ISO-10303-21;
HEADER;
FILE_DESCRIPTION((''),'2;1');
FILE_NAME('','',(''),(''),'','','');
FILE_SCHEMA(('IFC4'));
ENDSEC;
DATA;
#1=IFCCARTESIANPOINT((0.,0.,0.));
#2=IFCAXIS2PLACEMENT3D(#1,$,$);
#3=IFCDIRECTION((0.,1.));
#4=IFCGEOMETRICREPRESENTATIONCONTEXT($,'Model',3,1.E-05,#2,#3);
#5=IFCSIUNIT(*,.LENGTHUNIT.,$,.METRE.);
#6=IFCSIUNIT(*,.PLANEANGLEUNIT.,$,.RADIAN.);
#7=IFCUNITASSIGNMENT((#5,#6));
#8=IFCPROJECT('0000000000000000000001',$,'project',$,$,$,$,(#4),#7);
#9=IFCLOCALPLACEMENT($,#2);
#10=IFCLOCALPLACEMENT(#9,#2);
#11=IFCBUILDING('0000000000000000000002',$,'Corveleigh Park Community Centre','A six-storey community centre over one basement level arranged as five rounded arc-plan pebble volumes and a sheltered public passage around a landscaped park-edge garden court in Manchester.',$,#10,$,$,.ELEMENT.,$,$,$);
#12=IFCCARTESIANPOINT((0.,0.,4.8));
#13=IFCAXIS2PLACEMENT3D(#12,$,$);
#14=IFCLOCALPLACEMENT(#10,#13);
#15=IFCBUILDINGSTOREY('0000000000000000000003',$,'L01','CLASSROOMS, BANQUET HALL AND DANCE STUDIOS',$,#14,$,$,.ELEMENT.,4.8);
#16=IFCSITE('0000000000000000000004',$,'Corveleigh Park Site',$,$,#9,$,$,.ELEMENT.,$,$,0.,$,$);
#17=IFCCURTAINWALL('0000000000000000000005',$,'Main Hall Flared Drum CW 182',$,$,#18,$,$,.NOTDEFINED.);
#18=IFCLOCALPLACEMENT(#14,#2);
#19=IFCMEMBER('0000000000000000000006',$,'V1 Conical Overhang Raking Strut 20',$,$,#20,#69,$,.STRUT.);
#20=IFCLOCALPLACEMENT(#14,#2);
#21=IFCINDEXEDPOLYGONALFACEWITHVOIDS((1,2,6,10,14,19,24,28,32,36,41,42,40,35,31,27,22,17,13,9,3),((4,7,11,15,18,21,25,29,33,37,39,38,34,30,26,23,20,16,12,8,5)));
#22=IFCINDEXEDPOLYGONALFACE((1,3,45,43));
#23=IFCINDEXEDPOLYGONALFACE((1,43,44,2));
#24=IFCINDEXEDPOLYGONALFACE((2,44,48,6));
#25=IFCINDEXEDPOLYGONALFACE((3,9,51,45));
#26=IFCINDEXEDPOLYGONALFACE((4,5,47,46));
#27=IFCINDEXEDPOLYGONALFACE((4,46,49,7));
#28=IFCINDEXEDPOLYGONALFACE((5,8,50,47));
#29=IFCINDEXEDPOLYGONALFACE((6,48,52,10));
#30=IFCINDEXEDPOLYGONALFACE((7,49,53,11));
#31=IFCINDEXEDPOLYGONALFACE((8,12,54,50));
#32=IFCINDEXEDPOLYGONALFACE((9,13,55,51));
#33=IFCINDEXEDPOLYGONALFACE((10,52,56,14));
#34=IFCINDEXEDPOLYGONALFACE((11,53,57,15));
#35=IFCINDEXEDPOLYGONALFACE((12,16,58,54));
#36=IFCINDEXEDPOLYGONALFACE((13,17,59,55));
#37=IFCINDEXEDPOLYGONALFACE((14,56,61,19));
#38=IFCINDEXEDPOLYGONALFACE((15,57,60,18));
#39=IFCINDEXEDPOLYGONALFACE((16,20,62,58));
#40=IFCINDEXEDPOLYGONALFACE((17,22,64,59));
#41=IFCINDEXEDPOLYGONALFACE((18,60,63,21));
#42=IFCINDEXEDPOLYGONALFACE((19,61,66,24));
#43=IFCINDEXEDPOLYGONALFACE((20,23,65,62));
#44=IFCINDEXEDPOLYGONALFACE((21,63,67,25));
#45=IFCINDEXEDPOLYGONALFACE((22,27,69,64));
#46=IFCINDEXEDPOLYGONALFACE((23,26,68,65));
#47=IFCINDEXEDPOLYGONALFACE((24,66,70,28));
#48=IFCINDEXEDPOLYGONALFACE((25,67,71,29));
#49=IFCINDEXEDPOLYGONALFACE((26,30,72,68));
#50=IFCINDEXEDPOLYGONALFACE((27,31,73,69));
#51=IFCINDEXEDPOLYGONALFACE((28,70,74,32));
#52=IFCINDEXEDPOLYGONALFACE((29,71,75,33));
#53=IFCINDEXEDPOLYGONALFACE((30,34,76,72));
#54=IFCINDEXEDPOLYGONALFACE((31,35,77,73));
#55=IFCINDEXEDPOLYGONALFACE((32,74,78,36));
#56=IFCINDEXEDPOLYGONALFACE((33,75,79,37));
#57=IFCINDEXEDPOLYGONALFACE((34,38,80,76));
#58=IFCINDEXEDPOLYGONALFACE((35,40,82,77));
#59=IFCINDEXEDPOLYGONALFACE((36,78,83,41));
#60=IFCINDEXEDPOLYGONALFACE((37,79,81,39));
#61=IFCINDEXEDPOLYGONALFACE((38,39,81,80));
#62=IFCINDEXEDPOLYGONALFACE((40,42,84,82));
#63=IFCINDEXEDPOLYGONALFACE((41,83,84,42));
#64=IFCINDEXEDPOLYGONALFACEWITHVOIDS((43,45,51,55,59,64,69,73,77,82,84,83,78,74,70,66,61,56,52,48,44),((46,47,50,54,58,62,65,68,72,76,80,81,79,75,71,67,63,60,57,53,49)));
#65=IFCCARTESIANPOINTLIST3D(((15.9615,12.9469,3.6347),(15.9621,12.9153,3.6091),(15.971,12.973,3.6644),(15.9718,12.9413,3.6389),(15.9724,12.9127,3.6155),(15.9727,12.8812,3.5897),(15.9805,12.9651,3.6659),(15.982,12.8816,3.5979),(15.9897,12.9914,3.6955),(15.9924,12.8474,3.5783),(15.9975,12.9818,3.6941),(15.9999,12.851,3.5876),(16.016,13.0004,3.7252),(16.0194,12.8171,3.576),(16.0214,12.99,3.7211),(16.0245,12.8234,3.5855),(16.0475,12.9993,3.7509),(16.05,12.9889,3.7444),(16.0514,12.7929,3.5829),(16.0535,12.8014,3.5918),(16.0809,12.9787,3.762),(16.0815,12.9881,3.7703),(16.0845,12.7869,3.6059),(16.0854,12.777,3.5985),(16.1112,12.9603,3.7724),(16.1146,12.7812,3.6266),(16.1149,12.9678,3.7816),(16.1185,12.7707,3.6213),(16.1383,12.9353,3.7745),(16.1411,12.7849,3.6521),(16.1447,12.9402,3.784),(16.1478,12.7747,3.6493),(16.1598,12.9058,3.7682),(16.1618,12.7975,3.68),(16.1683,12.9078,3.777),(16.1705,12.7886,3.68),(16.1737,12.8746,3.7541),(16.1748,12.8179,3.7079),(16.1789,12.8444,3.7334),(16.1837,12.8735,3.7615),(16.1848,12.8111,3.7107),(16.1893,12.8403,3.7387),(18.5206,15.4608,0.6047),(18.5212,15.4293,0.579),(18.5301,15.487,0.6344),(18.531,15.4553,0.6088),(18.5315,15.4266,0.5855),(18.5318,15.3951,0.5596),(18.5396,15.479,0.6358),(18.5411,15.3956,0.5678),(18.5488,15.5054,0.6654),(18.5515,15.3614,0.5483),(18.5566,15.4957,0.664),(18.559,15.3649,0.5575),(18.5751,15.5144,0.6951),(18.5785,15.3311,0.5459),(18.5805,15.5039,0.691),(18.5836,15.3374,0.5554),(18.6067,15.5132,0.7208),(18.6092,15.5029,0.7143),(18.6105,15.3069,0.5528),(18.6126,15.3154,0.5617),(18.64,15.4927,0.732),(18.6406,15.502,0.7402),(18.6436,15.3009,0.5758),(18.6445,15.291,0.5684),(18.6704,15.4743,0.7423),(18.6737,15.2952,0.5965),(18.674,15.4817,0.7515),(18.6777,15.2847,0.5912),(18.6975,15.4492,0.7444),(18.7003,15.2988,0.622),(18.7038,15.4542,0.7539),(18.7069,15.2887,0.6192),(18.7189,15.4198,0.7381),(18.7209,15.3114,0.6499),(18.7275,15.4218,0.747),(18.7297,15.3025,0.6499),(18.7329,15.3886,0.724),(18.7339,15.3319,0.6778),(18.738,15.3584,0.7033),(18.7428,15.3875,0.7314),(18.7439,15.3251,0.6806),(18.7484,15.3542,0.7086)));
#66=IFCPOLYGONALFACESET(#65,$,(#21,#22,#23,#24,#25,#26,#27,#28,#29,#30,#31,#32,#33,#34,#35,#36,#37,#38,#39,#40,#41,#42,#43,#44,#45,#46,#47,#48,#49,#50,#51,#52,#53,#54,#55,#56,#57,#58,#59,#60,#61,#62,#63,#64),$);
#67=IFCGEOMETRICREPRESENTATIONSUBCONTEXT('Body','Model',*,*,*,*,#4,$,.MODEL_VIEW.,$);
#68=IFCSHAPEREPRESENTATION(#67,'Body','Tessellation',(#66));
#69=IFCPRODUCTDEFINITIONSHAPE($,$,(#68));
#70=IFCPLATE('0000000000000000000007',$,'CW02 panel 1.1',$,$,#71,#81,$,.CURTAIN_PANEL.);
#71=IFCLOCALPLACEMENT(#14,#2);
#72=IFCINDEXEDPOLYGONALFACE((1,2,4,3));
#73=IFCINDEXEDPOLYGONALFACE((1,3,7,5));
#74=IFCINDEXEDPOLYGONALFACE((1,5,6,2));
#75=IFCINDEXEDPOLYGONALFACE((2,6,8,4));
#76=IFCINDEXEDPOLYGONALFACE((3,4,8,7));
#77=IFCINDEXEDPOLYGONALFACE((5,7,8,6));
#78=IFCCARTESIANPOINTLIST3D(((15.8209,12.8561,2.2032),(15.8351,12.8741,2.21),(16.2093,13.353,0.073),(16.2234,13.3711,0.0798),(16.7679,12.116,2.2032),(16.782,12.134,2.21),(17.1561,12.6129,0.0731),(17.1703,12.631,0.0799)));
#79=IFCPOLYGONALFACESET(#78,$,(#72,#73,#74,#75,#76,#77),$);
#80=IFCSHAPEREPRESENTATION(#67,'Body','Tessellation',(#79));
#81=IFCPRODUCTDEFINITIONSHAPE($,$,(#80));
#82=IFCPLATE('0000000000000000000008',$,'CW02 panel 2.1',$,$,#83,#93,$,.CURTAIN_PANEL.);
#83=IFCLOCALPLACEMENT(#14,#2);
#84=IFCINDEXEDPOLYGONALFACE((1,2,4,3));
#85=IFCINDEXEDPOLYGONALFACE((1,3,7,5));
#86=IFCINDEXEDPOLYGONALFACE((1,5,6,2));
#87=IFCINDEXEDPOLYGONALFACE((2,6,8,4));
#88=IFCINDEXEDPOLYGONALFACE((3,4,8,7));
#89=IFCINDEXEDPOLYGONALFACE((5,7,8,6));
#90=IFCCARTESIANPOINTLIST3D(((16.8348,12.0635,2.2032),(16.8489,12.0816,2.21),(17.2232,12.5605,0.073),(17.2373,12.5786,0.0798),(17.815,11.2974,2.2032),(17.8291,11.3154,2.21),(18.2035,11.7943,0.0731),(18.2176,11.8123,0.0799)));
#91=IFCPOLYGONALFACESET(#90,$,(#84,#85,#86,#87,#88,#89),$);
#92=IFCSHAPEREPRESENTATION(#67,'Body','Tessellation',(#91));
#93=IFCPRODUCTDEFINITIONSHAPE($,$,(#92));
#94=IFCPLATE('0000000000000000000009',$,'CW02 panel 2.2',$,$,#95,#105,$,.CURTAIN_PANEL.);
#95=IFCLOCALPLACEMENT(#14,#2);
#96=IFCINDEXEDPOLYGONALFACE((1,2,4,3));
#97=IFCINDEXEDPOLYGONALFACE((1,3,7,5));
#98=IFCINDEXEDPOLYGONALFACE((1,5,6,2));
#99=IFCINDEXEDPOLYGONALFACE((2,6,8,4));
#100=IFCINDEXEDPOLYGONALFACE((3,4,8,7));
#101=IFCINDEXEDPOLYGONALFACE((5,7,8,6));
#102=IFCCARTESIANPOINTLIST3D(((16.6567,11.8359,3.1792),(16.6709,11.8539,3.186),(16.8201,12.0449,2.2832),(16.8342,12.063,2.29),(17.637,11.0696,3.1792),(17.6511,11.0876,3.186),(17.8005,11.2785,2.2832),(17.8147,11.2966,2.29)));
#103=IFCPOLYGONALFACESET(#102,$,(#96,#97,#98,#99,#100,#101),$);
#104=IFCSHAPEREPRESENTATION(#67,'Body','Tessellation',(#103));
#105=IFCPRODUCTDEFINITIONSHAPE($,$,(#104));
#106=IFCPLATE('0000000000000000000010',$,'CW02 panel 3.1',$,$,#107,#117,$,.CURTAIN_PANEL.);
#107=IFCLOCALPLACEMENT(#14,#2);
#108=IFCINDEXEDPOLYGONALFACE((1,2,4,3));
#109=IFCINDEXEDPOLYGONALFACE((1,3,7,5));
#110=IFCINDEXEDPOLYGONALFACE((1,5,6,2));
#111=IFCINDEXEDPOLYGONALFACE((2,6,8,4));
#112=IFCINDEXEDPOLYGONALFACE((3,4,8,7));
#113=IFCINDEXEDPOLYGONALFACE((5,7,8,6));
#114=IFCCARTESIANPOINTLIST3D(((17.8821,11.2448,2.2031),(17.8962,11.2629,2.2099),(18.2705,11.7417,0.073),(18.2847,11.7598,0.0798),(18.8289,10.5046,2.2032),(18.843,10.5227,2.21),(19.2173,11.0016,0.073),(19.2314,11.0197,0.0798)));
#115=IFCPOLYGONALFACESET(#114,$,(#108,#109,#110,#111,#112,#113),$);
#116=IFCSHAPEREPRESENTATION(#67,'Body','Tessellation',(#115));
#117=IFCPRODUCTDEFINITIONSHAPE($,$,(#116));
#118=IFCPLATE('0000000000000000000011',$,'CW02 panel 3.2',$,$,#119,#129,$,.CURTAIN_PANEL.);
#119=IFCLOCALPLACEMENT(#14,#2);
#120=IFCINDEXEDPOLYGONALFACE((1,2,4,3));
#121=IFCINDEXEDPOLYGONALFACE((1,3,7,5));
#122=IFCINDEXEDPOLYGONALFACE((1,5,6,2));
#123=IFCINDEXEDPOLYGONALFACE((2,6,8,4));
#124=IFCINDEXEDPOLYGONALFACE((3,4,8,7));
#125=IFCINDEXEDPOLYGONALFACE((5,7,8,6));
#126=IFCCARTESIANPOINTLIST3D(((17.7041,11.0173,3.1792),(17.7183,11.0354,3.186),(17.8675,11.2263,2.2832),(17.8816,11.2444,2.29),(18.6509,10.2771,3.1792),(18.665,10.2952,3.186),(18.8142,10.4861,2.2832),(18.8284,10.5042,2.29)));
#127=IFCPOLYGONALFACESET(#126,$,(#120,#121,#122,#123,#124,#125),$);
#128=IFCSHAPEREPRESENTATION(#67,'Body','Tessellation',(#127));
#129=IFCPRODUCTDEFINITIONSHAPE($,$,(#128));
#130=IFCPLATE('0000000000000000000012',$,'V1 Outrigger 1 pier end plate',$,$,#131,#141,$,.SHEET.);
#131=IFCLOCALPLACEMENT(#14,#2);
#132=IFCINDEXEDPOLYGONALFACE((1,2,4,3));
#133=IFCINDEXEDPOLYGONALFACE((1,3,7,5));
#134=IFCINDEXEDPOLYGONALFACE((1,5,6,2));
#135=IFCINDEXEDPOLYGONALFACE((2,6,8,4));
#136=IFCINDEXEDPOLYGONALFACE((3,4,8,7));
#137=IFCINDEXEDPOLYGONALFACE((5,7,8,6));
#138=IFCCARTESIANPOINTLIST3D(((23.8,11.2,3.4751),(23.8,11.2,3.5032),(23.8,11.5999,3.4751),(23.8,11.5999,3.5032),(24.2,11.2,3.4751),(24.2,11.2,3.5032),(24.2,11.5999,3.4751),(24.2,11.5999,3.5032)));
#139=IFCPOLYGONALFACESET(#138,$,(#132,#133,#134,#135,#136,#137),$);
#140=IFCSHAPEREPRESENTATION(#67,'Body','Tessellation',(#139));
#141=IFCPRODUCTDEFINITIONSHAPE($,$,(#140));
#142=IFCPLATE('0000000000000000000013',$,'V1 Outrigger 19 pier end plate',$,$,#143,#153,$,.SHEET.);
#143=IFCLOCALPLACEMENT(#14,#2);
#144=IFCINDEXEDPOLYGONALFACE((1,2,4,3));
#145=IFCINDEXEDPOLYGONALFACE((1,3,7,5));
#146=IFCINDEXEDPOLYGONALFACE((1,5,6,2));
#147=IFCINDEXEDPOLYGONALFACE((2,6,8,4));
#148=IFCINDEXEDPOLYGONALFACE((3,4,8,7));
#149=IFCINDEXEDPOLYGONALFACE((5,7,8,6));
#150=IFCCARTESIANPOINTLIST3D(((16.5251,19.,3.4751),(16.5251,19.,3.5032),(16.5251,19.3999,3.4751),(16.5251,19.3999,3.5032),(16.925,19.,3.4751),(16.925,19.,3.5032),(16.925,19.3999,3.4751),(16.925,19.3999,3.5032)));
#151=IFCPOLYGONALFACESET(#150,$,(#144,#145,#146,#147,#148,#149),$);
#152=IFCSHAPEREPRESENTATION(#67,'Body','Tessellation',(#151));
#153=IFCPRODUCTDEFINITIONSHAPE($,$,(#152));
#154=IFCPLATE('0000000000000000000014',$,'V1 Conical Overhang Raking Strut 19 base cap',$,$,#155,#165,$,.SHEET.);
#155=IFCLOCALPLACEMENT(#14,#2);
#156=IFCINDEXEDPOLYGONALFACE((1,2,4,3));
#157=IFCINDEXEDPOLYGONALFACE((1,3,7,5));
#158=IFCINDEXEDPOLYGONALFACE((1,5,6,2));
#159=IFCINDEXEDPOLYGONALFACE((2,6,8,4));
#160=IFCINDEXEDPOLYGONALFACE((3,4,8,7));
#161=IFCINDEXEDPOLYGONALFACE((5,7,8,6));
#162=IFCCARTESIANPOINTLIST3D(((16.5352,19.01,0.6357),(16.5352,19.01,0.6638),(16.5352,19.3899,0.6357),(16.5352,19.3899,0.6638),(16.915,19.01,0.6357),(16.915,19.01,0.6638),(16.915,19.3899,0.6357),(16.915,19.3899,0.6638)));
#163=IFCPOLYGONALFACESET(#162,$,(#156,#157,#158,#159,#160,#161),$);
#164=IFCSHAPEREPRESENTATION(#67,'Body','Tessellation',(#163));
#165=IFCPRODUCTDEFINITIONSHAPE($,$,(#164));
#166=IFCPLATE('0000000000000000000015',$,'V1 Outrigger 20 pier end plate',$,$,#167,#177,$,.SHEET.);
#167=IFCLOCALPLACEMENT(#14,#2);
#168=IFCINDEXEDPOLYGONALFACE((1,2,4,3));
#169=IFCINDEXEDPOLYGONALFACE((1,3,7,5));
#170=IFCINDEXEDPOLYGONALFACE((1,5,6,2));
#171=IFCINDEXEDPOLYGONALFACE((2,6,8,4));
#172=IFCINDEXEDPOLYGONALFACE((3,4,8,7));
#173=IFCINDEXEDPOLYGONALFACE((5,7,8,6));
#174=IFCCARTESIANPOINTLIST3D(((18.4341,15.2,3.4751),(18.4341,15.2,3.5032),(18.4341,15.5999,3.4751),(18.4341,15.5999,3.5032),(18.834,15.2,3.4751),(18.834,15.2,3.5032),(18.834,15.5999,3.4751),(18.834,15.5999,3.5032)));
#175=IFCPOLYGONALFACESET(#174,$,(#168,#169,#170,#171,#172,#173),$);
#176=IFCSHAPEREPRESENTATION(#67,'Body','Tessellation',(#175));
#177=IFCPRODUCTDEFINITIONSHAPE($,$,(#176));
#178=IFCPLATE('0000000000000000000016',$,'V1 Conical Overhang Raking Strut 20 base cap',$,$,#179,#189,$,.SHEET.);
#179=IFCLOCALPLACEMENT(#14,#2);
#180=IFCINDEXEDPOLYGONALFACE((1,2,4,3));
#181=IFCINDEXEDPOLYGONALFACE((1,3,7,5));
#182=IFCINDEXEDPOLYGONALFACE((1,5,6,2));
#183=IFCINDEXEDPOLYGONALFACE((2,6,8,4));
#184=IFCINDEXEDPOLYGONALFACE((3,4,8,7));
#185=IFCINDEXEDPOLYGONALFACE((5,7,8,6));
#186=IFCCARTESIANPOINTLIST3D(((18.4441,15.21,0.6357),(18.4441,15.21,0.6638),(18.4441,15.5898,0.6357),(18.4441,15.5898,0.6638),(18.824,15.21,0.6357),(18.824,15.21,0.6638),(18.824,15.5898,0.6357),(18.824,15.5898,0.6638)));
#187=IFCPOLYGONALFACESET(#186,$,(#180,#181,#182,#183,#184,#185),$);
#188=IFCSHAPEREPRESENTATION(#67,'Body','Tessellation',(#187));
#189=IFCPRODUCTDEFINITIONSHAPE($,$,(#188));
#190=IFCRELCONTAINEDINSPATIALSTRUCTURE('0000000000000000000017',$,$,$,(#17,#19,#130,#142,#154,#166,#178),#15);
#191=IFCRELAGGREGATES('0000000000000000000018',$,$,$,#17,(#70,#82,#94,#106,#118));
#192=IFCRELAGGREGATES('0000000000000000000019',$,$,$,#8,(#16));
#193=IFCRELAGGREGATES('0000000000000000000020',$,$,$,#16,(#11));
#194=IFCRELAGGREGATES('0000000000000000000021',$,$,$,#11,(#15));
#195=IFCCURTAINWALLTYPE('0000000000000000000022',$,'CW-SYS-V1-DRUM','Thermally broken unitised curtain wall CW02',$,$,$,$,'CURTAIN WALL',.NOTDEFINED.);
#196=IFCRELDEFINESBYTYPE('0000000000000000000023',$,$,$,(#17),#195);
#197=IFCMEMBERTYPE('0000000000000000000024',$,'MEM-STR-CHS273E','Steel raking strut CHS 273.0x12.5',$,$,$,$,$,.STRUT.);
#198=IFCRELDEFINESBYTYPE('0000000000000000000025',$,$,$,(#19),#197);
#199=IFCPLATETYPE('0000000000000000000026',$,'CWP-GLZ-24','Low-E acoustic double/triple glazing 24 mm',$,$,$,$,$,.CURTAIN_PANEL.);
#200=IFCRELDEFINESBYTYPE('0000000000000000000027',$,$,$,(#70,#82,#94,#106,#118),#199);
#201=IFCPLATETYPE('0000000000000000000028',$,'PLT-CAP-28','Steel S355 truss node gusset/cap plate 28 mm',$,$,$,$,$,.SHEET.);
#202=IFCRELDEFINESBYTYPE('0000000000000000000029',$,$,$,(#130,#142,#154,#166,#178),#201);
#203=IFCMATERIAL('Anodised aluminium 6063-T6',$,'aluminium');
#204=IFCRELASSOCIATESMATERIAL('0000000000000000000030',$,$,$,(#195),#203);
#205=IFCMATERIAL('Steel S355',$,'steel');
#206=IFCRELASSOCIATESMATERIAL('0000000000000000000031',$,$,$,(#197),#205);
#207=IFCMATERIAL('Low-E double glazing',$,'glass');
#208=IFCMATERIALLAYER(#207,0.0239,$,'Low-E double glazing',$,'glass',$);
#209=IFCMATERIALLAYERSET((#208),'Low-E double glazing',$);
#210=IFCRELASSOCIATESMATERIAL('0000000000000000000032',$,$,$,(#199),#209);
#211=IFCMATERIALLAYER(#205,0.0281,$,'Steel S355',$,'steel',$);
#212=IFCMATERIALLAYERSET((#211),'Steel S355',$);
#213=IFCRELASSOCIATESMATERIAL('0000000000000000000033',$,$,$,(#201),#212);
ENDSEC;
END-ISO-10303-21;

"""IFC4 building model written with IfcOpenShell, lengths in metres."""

from ifc_helpers import new_model, si_unit, direction, frame, origin, origin_2d, place, context, subcontext, project, spatial, polyline, rectangle, hollow_circle, outline, extrude, material, layer, layer_set, material_profile, profile_set, type_object, element, aggregate, save


model = new_model("IFC4")

# Units and contexts
model_context = context("Model", 3, precision=1e-05, world=origin(), true_north=direction((0.0, 1.0)))
body_context = subcontext(model_context, "Body", "Model", "MODEL_VIEW")
ifc_project = project(units=[si_unit("LENGTHUNIT", "METRE"), si_unit("PLANEANGLEUNIT", "RADIAN")], contexts=[model_context])

# Site, building, storey
site_placement = place(None, origin())
site = spatial("IfcSite", under=ifc_project, at=site_placement, Name="Corveleigh Park Site", CompositionType="ELEMENT", RefElevation=0.0)
building_placement = place(site_placement, origin())
building = spatial("IfcBuilding", under=site, at=building_placement, Name="Corveleigh Park Community Centre", Description="A six-storey community centre over one basement level arranged as five rounded arc-plan pebble volumes and a sheltered public passage around a landscaped park-edge garden court in Manchester.", CompositionType="ELEMENT")
storey_placement = place(building_placement, frame((0.0, 0.0, 4.8)))
storey = spatial("IfcBuildingStorey", under=building, at=storey_placement, Name="L01", Description="CLASSROOMS, BANQUET HALL AND DANCE STUDIOS", CompositionType="ELEMENT", Elevation=4.8)

# Shared definitions
ifc_material_1 = material(Name="Steel S355", Category="steel")

# Curtain wall
ifc_material_2 = material(Name="Anodised aluminium 6063-T6", Category="aluminium")
curtain_wall_type = type_object("IfcCurtainWallType", Name="CW-SYS-V1-DRUM", Description="Thermally broken unitised curtain wall CW02", ElementType="CURTAIN WALL", PredefinedType="NOTDEFINED", material=ifc_material_2)
curtain_wall_placement = place(storey_placement, origin())
curtain_wall = element("IfcCurtainWall", 1, at=curtain_wall_placement, inside=storey, type_object=curtain_wall_type, Name="Main Hall Flared Drum CW 182", PredefinedType="NOTDEFINED")

# Member
ifc_material_profile_1 = material_profile(ifc_material_1, hollow_circle(Radius=0.1365, WallThickness=0.0125, at=origin_2d()), Name="CHS 273.0x12.5", Category="steel")
ifc_profile_set_1 = profile_set([ifc_material_profile_1], Name="Steel S355")
member_type_1 = type_object("IfcMemberType", Name="MEM-STR-CHS273E", Description="Steel raking strut CHS 273.0x12.5", PredefinedType="STRUT", material=ifc_profile_set_1)
member_1_placement = place(storey_placement, frame((18.634, 15.3999, 0.6499), z_axis=(-0.544982, -0.535364, 0.645275), x_axis=(0.700783, -0.713374, 0.0)))
element("IfcMember", 2, at=member_1_placement, inside=storey, type_object=member_type_1, Name="V1 Conical Overhang Raking Strut 20", PredefinedType="STRUT", context=body_context, shape_type="SweptSolid", body=[
    extrude(hollow_circle(Radius=0.1365, WallThickness=0.0125, at=origin_2d()), origin(), (0.0, 0.0, 1.0), 4.6958),
])

# Plates
ifc_material_3 = material(Name="Low-E double glazing", Category="glass")
ifc_layer_1 = layer(ifc_material_3, 0.0239, Name="Low-E double glazing", Category="glass")
ifc_layer_set_1 = layer_set([ifc_layer_1], Name="Low-E double glazing")
plate_type_1 = type_object("IfcPlateType", Name="CWP-GLZ-24", Description="Low-E acoustic double/triple glazing 24 mm", PredefinedType="CURTAIN_PANEL", material=ifc_layer_set_1)
plate_1_placement = place(storey_placement, frame((16.2234, 13.3711, 0.0798), z_axis=(0.590487, 0.755469, 0.283888), x_axis=(0.787877, -0.615832, 0.000039)))
plate_1 = element("IfcPlate", 3, at=plate_1_placement, type_object=plate_type_1, Name="CW02 panel 1.1", PredefinedType="CURTAIN_PANEL", context=body_context, shape_type="SweptSolid", body=[
    extrude(outline(polyline([(0.0, 0.0), (1.2018, 0.0), (1.202, -2.2215), (0.0002, -2.2216), (0.0, 0.0)])), origin(), (0.0, 0.0, -1.0), 0.0239),
])
plate_2_placement = place(storey_placement, frame((17.2373, 12.5786, 0.0798), z_axis=(0.590517, 0.755433, 0.283919), x_axis=(0.787851, -0.615866, 0.000021)))
plate_2 = element("IfcPlate", 4, at=plate_2_placement, type_object=plate_type_1, Name="CW02 panel 2.1", PredefinedType="CURTAIN_PANEL", context=body_context, shape_type="SweptSolid", body=[
    extrude(outline(polyline([(0.0, 0.0), (1.2442, 0.0), (1.2442, -2.2215), (0.0002, -2.2216), (0.0, 0.0)])), origin(), (0.0, 0.0, -1.0), 0.0239),
])
plate_3_placement = place(storey_placement, frame((16.8342, 12.063, 2.29), z_axis=(0.590529, 0.755422, 0.283924), x_axis=(0.787847, -0.615871, -0.000016)))
plate_3 = element("IfcPlate", 5, at=plate_3_placement, type_object=plate_type_1, Name="CW02 panel 2.2", PredefinedType="CURTAIN_PANEL", context=body_context, shape_type="SweptSolid", body=[
    extrude(outline(polyline([(0.0, 0.0), (1.2444, 0.0), (1.2443, -0.9345), (0.0, -0.9344), (0.0, 0.0)])), origin(), (0.0, 0.0, -1.0), 0.0239),
])
plate_4_placement = place(storey_placement, frame((18.2847, 11.7598, 0.0798), z_axis=(0.590528, 0.755424, 0.283919), x_axis=(0.78785, -0.615868, -0.000022)))
plate_4 = element("IfcPlate", 6, at=plate_4_placement, type_object=plate_type_1, Name="CW02 panel 3.1", PredefinedType="CURTAIN_PANEL", context=body_context, shape_type="SweptSolid", body=[
    extrude(outline(polyline([(0.0, 0.0), (1.2017, 0.0), (1.2017, -2.2216), (-0.0001, -2.2215), (0.0, 0.0)])), origin(), (0.0, 0.0, -1.0), 0.0239),
])
plate_5_placement = place(storey_placement, frame((17.8816, 11.2444, 2.29), z_axis=(0.590602, 0.755393, 0.28385), x_axis=(0.787796, -0.615936, 0.0)))
plate_5 = element("IfcPlate", 7, at=plate_5_placement, type_object=plate_type_1, Name="CW02 panel 3.2", PredefinedType="CURTAIN_PANEL", context=body_context, shape_type="SweptSolid", body=[
    extrude(outline(polyline([(0.0, 0.0), (1.2018, 0.0), (1.2019, -0.9344), (0.0001, -0.9344), (0.0, 0.0)])), origin(), (0.0, 0.0, -1.0), 0.0239),
])
aggregate(curtain_wall, [plate_1, plate_2, plate_3, plate_4, plate_5])

# Plates
ifc_layer_2 = layer(ifc_material_1, 0.0281, Name="Steel S355", Category="steel")
ifc_layer_set_2 = layer_set([ifc_layer_2], Name="Steel S355")
plate_type_2 = type_object("IfcPlateType", Name="PLT-CAP-28", Description="Steel S355 truss node gusset/cap plate 28 mm", PredefinedType="SHEET", material=ifc_layer_set_2)
for number, where, z_axis, x_axis, name in (
    (8, (24.0, 11.3999, 3.4751), (0.0, 0.0, 1.0), (1.0, 0.0, 0.0), "V1 Outrigger 1 pier end plate"),
    (9, (16.7251, 19.2, 3.4751), (0.0, 0.0, 1.0), (1.0, 0.0, 0.0), "V1 Outrigger 19 pier end plate"),
):
    element("IfcPlate", number, at=place(storey_placement, frame(where, z_axis=z_axis, x_axis=x_axis)), inside=storey, type_object=plate_type_2, Name=name, PredefinedType="SHEET", context=body_context, shape_type="SweptSolid", body=[
        extrude(rectangle(XDim=0.3999, YDim=0.3999, at=origin_2d()), origin(), (0.0, 0.0, 1.0), 0.0281),
    ])
plate_6_placement = place(storey_placement, frame((16.7251, 19.2, 0.6357), z_axis=(0.0, 0.0, 1.0), x_axis=(1.0, 0.0, 0.0)))
element("IfcPlate", 10, at=plate_6_placement, inside=storey, type_object=plate_type_2, Name="V1 Conical Overhang Raking Strut 19 base cap", PredefinedType="SHEET", context=body_context, shape_type="SweptSolid", body=[
    extrude(rectangle(XDim=0.3799, YDim=0.3799, at=origin_2d()), origin(), (0.0, 0.0, 1.0), 0.0281),
])
plate_7_placement = place(storey_placement, frame((18.634, 15.3999, 3.4751), z_axis=(0.0, 0.0, 1.0), x_axis=(1.0, 0.0, 0.0)))
element("IfcPlate", 11, at=plate_7_placement, inside=storey, type_object=plate_type_2, Name="V1 Outrigger 20 pier end plate", PredefinedType="SHEET", context=body_context, shape_type="SweptSolid", body=[
    extrude(rectangle(XDim=0.3999, YDim=0.3999, at=origin_2d()), origin(), (0.0, 0.0, 1.0), 0.0281),
])
plate_8_placement = place(storey_placement, frame((18.634, 15.3999, 0.6357), z_axis=(0.0, 0.0, 1.0), x_axis=(1.0, 0.0, 0.0)))
element("IfcPlate", 12, at=plate_8_placement, inside=storey, type_object=plate_type_2, Name="V1 Conical Overhang Raking Strut 20 base cap", PredefinedType="SHEET", context=body_context, shape_type="SweptSolid", body=[
    extrude(rectangle(XDim=0.3799, YDim=0.3799, at=origin_2d()), origin(), (0.0, 0.0, 1.0), 0.0281),
])

save(model, "model.ifc")
